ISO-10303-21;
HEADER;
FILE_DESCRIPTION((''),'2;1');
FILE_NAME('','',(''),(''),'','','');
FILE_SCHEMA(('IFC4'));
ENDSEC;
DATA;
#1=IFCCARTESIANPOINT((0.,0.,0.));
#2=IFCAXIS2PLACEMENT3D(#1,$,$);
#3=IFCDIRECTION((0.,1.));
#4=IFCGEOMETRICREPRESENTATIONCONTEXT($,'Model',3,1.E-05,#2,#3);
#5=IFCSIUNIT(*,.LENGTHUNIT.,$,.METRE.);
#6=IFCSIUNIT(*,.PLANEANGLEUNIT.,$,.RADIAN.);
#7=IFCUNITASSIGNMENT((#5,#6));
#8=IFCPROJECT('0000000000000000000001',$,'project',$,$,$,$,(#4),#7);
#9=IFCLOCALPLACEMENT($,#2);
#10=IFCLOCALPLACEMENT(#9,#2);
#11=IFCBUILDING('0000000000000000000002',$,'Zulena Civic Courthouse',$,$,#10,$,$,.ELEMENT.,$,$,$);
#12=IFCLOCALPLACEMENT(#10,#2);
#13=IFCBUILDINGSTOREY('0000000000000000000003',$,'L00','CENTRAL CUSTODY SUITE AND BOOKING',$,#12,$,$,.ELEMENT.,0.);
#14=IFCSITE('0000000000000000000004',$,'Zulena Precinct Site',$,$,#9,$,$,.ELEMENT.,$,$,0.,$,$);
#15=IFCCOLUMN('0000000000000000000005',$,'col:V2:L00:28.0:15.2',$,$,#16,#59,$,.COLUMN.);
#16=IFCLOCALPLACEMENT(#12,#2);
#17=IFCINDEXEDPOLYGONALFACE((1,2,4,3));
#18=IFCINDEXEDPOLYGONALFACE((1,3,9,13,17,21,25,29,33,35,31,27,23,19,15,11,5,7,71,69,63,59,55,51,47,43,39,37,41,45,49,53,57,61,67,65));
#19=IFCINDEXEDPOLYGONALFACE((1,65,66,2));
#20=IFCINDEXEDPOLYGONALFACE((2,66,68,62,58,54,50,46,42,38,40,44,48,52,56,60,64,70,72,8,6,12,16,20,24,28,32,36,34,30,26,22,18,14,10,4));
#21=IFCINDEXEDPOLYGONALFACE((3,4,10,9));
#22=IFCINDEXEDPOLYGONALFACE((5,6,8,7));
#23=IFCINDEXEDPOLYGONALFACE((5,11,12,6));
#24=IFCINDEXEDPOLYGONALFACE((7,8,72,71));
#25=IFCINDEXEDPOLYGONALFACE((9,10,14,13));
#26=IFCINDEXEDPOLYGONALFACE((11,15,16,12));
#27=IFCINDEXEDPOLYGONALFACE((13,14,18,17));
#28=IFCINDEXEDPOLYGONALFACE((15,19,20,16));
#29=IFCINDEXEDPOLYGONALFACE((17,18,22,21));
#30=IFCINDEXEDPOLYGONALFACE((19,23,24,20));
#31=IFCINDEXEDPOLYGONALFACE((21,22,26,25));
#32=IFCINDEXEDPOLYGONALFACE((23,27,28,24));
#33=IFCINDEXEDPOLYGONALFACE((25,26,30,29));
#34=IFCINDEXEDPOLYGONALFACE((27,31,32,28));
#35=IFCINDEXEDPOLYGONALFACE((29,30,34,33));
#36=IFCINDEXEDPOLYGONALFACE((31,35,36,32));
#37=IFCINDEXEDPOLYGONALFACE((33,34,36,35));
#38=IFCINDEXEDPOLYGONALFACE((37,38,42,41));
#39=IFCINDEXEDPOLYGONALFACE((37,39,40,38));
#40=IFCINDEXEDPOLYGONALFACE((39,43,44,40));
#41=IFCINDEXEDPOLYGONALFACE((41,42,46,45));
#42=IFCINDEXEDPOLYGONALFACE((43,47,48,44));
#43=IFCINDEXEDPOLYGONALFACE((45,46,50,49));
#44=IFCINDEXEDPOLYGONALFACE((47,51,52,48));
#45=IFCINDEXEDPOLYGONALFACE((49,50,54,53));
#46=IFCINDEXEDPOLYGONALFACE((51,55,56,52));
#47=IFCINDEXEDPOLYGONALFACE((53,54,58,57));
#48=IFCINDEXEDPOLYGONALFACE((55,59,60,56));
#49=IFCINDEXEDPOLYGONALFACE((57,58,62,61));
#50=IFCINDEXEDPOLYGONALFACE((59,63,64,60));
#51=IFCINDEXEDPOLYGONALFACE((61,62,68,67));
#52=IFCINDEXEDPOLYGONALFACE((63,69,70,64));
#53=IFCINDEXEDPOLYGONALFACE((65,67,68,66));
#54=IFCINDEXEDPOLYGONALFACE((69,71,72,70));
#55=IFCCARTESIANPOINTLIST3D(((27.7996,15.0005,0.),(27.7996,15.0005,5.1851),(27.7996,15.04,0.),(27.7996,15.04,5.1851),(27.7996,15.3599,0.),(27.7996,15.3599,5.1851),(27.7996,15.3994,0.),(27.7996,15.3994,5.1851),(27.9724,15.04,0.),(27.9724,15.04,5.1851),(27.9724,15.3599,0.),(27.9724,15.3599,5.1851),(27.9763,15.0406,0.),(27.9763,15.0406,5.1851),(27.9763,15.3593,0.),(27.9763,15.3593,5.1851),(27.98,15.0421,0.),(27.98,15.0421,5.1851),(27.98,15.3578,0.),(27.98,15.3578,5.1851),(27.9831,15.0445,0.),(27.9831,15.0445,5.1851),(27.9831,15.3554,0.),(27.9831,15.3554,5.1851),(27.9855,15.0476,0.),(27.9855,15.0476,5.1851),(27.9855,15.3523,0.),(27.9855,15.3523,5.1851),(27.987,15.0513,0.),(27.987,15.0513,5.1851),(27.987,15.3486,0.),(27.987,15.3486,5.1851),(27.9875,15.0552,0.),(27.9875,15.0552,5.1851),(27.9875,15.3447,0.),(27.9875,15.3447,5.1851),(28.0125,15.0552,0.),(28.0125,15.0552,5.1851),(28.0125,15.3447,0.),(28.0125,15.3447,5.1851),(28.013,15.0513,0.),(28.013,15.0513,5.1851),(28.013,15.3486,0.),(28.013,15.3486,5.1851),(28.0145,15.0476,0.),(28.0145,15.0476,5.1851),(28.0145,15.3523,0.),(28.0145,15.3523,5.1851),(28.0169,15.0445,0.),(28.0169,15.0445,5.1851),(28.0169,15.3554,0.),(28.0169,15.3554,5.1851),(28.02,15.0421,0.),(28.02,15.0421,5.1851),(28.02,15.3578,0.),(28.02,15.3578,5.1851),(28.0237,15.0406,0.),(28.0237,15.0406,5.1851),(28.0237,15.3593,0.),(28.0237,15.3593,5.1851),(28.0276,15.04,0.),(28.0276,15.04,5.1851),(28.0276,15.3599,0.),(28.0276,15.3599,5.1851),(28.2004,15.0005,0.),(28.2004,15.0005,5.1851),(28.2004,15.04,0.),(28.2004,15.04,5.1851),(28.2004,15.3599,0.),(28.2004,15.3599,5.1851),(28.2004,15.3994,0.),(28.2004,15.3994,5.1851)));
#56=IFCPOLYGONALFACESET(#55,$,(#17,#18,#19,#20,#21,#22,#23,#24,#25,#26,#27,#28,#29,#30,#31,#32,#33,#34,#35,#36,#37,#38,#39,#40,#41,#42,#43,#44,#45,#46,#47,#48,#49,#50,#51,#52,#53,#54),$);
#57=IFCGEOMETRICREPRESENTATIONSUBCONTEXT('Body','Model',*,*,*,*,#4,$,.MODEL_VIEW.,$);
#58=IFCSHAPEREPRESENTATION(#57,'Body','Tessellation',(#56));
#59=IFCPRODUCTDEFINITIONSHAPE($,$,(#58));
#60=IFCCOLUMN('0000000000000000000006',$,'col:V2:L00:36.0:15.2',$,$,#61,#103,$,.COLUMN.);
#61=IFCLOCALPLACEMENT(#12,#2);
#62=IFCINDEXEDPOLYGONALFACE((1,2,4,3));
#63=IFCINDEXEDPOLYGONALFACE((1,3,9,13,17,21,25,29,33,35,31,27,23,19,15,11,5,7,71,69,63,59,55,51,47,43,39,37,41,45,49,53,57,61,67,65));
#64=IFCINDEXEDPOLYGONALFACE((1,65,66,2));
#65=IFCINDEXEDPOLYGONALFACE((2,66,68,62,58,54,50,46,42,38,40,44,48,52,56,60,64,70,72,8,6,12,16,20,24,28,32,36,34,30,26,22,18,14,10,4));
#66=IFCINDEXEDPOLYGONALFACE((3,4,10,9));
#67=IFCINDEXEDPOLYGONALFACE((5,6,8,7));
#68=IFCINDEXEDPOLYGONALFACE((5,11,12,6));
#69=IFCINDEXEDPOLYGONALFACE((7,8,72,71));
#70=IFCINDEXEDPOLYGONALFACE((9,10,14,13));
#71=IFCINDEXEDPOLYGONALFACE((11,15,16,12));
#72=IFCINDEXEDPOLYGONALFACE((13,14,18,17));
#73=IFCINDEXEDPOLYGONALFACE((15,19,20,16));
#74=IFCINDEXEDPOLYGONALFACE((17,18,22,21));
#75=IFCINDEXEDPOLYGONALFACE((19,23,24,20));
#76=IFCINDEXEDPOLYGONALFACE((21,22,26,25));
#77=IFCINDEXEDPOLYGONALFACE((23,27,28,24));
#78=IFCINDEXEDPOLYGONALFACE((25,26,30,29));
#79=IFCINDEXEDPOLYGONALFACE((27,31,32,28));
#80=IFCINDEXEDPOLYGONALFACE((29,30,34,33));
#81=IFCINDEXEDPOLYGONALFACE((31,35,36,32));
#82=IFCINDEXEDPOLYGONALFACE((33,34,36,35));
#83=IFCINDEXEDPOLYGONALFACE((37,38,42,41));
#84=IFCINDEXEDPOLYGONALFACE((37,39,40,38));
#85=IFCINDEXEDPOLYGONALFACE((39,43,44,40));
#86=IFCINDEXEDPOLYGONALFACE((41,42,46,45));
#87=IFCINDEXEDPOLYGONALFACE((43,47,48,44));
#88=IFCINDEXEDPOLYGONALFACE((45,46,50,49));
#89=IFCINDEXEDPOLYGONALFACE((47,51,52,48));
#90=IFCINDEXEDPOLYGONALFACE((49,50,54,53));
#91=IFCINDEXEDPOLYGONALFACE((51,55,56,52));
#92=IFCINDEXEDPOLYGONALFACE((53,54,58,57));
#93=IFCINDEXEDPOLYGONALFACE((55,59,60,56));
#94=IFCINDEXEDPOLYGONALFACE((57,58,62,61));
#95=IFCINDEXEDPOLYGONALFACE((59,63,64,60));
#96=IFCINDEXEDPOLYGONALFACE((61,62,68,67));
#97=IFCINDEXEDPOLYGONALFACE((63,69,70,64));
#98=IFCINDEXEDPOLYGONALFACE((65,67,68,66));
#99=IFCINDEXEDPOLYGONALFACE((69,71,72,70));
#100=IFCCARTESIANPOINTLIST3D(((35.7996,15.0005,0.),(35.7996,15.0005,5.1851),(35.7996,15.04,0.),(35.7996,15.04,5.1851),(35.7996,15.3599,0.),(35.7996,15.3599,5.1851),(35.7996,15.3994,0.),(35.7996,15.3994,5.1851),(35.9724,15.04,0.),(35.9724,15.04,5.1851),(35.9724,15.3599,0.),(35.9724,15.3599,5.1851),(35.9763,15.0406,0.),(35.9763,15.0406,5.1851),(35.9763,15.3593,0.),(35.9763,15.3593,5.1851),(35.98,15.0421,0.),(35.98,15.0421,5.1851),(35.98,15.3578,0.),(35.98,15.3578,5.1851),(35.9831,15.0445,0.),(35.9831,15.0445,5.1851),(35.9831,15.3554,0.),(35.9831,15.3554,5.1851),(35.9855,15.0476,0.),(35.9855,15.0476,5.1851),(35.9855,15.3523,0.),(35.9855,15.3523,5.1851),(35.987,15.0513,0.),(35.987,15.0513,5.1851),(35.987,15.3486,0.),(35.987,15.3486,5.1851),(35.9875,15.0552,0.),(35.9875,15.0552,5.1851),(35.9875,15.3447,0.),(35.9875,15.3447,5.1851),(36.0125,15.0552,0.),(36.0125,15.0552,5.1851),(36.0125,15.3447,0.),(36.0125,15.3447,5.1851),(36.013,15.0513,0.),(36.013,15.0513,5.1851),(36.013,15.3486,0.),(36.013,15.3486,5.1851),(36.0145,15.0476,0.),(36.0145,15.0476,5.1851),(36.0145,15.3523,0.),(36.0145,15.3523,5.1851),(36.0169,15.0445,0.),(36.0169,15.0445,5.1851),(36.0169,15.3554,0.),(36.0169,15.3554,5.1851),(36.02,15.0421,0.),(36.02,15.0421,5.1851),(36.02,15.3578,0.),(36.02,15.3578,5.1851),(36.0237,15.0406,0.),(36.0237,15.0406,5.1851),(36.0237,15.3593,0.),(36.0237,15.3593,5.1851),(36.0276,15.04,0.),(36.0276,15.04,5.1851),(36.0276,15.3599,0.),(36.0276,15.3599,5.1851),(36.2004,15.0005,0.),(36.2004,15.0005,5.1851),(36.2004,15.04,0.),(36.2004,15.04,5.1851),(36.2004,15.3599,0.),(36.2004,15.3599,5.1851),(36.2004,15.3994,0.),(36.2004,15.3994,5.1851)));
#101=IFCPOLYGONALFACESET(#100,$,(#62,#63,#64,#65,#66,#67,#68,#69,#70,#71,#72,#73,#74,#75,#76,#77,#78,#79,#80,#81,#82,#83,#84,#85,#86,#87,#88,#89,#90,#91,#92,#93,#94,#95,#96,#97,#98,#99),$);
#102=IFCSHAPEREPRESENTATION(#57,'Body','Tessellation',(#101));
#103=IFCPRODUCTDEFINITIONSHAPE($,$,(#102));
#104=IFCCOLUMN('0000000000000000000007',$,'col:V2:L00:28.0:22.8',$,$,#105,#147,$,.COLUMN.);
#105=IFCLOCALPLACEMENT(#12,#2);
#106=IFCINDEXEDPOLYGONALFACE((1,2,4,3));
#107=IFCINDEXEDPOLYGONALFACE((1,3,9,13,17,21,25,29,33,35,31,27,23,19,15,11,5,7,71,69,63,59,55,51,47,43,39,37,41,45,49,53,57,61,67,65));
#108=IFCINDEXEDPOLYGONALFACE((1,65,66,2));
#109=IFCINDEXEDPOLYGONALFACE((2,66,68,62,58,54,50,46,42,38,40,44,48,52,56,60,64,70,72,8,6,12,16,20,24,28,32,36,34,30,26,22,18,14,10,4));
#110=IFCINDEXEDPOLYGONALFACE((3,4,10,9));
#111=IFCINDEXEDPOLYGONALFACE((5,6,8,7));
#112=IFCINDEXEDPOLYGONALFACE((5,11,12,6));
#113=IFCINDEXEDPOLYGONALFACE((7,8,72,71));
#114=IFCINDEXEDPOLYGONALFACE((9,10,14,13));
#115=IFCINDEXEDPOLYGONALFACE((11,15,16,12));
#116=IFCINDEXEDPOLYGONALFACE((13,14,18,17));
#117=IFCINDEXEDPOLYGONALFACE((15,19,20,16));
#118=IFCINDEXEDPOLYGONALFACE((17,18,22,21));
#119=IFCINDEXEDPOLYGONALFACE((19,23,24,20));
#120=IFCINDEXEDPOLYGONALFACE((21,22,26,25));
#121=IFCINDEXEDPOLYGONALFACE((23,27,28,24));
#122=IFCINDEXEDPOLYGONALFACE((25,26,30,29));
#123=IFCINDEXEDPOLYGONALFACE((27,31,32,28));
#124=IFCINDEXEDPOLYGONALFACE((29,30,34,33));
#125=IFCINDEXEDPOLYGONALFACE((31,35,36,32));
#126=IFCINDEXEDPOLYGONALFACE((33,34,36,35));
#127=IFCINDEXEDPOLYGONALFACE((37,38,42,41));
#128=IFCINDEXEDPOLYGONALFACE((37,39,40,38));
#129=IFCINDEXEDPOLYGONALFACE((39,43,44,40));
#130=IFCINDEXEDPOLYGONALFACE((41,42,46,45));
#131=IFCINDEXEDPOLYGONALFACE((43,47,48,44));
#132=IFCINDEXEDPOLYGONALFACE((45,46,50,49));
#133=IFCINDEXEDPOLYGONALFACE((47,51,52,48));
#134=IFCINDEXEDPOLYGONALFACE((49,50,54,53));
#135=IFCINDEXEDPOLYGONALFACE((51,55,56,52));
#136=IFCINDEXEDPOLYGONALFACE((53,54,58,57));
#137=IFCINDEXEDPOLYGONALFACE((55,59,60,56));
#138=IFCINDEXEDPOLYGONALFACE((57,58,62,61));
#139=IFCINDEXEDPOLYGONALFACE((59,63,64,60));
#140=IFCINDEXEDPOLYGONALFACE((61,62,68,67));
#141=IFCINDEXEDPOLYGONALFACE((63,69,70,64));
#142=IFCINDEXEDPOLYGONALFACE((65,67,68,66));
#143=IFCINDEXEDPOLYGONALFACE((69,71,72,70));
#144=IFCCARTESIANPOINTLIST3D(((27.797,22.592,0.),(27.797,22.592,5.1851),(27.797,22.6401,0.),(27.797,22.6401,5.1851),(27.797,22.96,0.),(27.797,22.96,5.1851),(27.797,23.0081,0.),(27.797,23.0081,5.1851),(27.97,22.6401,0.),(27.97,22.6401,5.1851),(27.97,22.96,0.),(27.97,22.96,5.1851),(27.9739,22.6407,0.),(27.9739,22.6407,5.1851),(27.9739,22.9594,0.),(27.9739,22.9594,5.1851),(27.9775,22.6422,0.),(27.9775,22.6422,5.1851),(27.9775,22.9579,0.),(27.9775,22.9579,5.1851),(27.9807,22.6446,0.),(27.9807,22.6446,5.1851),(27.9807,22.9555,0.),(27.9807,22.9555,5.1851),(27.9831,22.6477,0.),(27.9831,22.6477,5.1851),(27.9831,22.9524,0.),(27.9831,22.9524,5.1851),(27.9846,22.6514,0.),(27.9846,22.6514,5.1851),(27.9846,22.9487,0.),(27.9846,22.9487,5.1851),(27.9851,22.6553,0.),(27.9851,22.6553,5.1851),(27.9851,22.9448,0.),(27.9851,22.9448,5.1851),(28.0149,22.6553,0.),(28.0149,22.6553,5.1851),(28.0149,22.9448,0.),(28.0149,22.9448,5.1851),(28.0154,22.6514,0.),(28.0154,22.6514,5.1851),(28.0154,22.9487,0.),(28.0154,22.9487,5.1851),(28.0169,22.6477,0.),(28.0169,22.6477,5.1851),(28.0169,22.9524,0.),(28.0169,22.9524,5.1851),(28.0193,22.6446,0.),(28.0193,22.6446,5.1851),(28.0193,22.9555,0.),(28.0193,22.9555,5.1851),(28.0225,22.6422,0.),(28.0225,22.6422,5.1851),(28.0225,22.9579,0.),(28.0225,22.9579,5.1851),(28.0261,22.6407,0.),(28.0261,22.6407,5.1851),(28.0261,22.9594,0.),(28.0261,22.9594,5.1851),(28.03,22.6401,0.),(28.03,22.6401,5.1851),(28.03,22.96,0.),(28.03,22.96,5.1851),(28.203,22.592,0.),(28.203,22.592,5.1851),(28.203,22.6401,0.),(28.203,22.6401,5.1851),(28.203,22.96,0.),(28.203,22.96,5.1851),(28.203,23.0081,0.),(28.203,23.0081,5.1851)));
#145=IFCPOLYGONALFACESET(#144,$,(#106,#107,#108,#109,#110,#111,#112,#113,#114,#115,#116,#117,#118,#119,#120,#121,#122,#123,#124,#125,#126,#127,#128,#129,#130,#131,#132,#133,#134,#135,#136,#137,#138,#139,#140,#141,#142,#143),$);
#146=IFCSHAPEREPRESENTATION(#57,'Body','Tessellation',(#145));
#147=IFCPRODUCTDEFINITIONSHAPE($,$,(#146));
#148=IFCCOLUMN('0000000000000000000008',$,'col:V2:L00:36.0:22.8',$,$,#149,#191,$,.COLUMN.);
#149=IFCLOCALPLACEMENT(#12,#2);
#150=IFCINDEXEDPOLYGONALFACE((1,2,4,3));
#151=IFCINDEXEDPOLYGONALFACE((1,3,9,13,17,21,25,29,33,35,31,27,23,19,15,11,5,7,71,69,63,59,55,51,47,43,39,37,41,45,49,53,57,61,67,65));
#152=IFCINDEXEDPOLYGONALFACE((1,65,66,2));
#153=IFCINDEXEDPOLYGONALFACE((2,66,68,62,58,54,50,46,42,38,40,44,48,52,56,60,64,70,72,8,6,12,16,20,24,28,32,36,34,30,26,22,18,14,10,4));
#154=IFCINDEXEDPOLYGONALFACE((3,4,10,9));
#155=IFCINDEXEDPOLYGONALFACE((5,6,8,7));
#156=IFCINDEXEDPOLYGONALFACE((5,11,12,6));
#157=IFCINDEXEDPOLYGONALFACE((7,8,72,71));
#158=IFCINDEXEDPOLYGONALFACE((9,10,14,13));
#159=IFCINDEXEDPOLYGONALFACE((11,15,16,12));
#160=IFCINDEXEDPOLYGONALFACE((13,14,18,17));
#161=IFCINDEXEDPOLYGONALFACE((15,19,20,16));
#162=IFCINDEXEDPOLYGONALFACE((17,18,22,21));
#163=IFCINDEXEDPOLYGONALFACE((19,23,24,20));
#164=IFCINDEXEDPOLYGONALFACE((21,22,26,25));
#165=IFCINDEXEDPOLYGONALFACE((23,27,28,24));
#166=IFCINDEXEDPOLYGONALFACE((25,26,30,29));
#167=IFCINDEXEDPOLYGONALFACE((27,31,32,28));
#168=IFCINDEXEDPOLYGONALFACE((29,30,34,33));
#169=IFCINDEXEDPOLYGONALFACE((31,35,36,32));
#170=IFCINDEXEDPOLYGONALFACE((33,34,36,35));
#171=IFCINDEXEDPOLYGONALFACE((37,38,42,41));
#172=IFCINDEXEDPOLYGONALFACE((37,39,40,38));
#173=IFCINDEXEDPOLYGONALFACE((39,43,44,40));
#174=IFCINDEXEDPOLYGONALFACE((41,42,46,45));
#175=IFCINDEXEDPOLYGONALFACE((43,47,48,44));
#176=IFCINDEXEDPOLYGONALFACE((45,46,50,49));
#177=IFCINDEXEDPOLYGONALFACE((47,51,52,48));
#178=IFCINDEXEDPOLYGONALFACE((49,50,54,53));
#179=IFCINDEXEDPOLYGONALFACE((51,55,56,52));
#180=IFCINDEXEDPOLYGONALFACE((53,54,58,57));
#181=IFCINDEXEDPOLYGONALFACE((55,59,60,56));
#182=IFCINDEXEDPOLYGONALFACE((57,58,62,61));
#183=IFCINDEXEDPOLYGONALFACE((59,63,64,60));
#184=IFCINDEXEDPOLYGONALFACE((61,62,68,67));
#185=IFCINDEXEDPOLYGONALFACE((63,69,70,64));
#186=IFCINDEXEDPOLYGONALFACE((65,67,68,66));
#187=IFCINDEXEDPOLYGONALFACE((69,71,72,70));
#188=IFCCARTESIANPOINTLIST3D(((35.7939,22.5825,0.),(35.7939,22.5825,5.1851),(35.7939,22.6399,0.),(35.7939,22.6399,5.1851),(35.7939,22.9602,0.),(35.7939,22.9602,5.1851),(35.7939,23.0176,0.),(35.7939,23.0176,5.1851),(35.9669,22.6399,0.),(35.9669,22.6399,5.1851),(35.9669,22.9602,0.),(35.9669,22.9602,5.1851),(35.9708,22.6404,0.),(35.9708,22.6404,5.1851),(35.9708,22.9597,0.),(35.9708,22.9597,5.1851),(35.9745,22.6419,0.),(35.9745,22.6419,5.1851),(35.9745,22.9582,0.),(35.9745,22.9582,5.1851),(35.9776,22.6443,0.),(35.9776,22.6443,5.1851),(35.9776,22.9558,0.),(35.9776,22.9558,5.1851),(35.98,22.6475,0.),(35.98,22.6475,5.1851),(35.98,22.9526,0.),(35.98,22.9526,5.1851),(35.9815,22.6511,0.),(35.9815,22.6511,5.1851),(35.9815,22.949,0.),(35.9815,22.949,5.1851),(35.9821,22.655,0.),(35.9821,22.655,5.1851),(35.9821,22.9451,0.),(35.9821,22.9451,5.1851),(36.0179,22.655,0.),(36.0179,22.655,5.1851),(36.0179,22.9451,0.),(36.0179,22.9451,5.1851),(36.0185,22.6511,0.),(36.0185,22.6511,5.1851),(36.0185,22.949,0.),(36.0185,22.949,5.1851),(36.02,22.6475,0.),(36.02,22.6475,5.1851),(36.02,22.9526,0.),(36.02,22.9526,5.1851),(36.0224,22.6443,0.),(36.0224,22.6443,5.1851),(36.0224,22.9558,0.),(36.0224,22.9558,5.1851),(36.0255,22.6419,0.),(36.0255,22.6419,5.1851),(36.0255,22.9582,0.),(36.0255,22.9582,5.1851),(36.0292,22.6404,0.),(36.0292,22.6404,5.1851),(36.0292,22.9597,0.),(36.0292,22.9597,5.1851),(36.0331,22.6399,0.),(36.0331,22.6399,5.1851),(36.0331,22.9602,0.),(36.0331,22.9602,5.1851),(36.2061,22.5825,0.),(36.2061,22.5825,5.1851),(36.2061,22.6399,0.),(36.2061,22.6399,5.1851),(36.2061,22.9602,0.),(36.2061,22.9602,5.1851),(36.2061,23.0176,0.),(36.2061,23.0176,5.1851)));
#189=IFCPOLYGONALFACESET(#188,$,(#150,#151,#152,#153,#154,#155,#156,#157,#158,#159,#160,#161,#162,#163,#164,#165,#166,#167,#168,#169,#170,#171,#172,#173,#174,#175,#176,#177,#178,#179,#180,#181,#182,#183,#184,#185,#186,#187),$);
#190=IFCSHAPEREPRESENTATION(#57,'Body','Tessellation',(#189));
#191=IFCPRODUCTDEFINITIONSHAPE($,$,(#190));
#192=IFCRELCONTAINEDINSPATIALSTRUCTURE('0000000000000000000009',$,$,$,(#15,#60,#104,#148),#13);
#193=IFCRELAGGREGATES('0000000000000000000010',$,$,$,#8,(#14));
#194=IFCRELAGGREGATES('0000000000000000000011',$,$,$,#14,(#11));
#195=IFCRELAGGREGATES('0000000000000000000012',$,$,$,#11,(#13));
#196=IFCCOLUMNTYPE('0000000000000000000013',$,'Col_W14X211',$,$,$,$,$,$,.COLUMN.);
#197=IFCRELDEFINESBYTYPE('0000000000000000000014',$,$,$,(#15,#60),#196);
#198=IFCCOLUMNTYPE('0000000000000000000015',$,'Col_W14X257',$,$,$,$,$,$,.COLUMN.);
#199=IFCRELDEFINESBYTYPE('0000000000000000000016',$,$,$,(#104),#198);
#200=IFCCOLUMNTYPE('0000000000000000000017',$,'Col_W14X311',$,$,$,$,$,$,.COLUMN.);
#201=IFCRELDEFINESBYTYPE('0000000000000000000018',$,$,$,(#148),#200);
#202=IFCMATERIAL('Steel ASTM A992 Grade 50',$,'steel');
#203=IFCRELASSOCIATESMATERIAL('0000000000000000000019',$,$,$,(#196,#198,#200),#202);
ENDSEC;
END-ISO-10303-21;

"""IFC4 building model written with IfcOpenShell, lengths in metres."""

from ifc_helpers import new_model, si_unit, direction, frame, origin, origin_2d, place, context, subcontext, project, spatial, i_section, extrude, material, material_profile, profile_set, type_object, element, save


model = new_model("IFC4")

# Units and contexts
model_context = context("Model", 3, precision=1e-05, world=origin(), true_north=direction((0.0, 1.0)))
body_context = subcontext(model_context, "Body", "Model", "MODEL_VIEW")
ifc_project = project(units=[si_unit("LENGTHUNIT", "METRE"), si_unit("PLANEANGLEUNIT", "RADIAN")], contexts=[model_context])

# Site, building, storey
site_placement = place(None, origin())
site = spatial("IfcSite", under=ifc_project, at=site_placement, Name="Zulena Precinct Site", CompositionType="ELEMENT", RefElevation=0.0)
building_placement = place(site_placement, origin())
building = spatial("IfcBuilding", under=site, at=building_placement, Name="Zulena Civic Courthouse", CompositionType="ELEMENT")
storey_placement = place(building_placement, origin())
storey = spatial("IfcBuildingStorey", under=building, at=storey_placement, Name="L00", Description="CENTRAL CUSTODY SUITE AND BOOKING", CompositionType="ELEMENT", Elevation=0.0)

# Columns
ifc_material_1 = material(Name="Steel ASTM A992 Grade 50", Category="steel")
ifc_material_profile_1 = material_profile(ifc_material_1, i_section(OverallWidth=0.4009, OverallDepth=0.3989, WebThickness=0.0249, FlangeThickness=0.0396, FilletRadius=0.0151, at=origin_2d()), Name="W14X211")
ifc_profile_set_1 = profile_set([ifc_material_profile_1], Name="Steel ASTM A992 Grade 50")
column_type_1 = type_object("IfcColumnType", Name="Col_W14X211", PredefinedType="COLUMN", material=ifc_profile_set_1)
for number, where, z_axis, x_axis, name in (
    (1, (28.0, 15.2, 0.0), (0.0, 0.0, 1.0), (1.0, 0.0, 0.0), "col:V2:L00:28.0:15.2"),
    (2, (36.0, 15.2, 0.0), (0.0, 0.0, 1.0), (1.0, 0.0, 0.0), "col:V2:L00:36.0:15.2"),
):
    element("IfcColumn", number, at=place(storey_placement, frame(where, z_axis=z_axis, x_axis=x_axis)), inside=storey, type_object=column_type_1, Name=name, PredefinedType="COLUMN", context=body_context, shape_type="SweptSolid", body=[
        extrude(i_section(OverallWidth=0.4009, OverallDepth=0.3989, WebThickness=0.0249, FlangeThickness=0.0396, FilletRadius=0.0151, at=origin_2d()), origin(), (0.0, 0.0, 1.0), 5.1851),
    ])
ifc_material_profile_2 = material_profile(ifc_material_1, i_section(OverallWidth=0.406, OverallDepth=0.416, WebThickness=0.0298, FlangeThickness=0.0481, FilletRadius=0.0151, at=origin_2d()), Name="W14X257")
ifc_profile_set_2 = profile_set([ifc_material_profile_2], Name="Steel ASTM A992 Grade 50")
column_type_2 = type_object("IfcColumnType", Name="Col_W14X257", PredefinedType="COLUMN", material=ifc_profile_set_2)
column_1_placement = place(storey_placement, frame((28.0, 22.8, 0.0), z_axis=(0.0, 0.0, 1.0), x_axis=(1.0, 0.0, 0.0)))
element("IfcColumn", 3, at=column_1_placement, inside=storey, type_object=column_type_2, Name="col:V2:L00:28.0:22.8", PredefinedType="COLUMN", context=body_context, shape_type="SweptSolid", body=[
    extrude(i_section(OverallWidth=0.406, OverallDepth=0.416, WebThickness=0.0298, FlangeThickness=0.0481, FilletRadius=0.0151, at=origin_2d()), origin(), (0.0, 0.0, 1.0), 5.1851),
])
ifc_material_profile_3 = material_profile(ifc_material_1, i_section(OverallWidth=0.4121, OverallDepth=0.4351, WebThickness=0.0359, FlangeThickness=0.0574, FilletRadius=0.0151, at=origin_2d()), Name="W14X311")
ifc_profile_set_3 = profile_set([ifc_material_profile_3], Name="Steel ASTM A992 Grade 50")
column_type_3 = type_object("IfcColumnType", Name="Col_W14X311", PredefinedType="COLUMN", material=ifc_profile_set_3)
column_2_placement = place(storey_placement, frame((36.0, 22.8, 0.0), z_axis=(0.0, 0.0, 1.0), x_axis=(1.0, 0.0, 0.0)))
element("IfcColumn", 4, at=column_2_placement, inside=storey, type_object=column_type_3, Name="col:V2:L00:36.0:22.8", PredefinedType="COLUMN", context=body_context, shape_type="SweptSolid", body=[
    extrude(i_section(OverallWidth=0.4121, OverallDepth=0.4351, WebThickness=0.0359, FlangeThickness=0.0574, FilletRadius=0.0151, at=origin_2d()), origin(), (0.0, 0.0, 1.0), 5.1851),
])

save(model, "model.ifc")
